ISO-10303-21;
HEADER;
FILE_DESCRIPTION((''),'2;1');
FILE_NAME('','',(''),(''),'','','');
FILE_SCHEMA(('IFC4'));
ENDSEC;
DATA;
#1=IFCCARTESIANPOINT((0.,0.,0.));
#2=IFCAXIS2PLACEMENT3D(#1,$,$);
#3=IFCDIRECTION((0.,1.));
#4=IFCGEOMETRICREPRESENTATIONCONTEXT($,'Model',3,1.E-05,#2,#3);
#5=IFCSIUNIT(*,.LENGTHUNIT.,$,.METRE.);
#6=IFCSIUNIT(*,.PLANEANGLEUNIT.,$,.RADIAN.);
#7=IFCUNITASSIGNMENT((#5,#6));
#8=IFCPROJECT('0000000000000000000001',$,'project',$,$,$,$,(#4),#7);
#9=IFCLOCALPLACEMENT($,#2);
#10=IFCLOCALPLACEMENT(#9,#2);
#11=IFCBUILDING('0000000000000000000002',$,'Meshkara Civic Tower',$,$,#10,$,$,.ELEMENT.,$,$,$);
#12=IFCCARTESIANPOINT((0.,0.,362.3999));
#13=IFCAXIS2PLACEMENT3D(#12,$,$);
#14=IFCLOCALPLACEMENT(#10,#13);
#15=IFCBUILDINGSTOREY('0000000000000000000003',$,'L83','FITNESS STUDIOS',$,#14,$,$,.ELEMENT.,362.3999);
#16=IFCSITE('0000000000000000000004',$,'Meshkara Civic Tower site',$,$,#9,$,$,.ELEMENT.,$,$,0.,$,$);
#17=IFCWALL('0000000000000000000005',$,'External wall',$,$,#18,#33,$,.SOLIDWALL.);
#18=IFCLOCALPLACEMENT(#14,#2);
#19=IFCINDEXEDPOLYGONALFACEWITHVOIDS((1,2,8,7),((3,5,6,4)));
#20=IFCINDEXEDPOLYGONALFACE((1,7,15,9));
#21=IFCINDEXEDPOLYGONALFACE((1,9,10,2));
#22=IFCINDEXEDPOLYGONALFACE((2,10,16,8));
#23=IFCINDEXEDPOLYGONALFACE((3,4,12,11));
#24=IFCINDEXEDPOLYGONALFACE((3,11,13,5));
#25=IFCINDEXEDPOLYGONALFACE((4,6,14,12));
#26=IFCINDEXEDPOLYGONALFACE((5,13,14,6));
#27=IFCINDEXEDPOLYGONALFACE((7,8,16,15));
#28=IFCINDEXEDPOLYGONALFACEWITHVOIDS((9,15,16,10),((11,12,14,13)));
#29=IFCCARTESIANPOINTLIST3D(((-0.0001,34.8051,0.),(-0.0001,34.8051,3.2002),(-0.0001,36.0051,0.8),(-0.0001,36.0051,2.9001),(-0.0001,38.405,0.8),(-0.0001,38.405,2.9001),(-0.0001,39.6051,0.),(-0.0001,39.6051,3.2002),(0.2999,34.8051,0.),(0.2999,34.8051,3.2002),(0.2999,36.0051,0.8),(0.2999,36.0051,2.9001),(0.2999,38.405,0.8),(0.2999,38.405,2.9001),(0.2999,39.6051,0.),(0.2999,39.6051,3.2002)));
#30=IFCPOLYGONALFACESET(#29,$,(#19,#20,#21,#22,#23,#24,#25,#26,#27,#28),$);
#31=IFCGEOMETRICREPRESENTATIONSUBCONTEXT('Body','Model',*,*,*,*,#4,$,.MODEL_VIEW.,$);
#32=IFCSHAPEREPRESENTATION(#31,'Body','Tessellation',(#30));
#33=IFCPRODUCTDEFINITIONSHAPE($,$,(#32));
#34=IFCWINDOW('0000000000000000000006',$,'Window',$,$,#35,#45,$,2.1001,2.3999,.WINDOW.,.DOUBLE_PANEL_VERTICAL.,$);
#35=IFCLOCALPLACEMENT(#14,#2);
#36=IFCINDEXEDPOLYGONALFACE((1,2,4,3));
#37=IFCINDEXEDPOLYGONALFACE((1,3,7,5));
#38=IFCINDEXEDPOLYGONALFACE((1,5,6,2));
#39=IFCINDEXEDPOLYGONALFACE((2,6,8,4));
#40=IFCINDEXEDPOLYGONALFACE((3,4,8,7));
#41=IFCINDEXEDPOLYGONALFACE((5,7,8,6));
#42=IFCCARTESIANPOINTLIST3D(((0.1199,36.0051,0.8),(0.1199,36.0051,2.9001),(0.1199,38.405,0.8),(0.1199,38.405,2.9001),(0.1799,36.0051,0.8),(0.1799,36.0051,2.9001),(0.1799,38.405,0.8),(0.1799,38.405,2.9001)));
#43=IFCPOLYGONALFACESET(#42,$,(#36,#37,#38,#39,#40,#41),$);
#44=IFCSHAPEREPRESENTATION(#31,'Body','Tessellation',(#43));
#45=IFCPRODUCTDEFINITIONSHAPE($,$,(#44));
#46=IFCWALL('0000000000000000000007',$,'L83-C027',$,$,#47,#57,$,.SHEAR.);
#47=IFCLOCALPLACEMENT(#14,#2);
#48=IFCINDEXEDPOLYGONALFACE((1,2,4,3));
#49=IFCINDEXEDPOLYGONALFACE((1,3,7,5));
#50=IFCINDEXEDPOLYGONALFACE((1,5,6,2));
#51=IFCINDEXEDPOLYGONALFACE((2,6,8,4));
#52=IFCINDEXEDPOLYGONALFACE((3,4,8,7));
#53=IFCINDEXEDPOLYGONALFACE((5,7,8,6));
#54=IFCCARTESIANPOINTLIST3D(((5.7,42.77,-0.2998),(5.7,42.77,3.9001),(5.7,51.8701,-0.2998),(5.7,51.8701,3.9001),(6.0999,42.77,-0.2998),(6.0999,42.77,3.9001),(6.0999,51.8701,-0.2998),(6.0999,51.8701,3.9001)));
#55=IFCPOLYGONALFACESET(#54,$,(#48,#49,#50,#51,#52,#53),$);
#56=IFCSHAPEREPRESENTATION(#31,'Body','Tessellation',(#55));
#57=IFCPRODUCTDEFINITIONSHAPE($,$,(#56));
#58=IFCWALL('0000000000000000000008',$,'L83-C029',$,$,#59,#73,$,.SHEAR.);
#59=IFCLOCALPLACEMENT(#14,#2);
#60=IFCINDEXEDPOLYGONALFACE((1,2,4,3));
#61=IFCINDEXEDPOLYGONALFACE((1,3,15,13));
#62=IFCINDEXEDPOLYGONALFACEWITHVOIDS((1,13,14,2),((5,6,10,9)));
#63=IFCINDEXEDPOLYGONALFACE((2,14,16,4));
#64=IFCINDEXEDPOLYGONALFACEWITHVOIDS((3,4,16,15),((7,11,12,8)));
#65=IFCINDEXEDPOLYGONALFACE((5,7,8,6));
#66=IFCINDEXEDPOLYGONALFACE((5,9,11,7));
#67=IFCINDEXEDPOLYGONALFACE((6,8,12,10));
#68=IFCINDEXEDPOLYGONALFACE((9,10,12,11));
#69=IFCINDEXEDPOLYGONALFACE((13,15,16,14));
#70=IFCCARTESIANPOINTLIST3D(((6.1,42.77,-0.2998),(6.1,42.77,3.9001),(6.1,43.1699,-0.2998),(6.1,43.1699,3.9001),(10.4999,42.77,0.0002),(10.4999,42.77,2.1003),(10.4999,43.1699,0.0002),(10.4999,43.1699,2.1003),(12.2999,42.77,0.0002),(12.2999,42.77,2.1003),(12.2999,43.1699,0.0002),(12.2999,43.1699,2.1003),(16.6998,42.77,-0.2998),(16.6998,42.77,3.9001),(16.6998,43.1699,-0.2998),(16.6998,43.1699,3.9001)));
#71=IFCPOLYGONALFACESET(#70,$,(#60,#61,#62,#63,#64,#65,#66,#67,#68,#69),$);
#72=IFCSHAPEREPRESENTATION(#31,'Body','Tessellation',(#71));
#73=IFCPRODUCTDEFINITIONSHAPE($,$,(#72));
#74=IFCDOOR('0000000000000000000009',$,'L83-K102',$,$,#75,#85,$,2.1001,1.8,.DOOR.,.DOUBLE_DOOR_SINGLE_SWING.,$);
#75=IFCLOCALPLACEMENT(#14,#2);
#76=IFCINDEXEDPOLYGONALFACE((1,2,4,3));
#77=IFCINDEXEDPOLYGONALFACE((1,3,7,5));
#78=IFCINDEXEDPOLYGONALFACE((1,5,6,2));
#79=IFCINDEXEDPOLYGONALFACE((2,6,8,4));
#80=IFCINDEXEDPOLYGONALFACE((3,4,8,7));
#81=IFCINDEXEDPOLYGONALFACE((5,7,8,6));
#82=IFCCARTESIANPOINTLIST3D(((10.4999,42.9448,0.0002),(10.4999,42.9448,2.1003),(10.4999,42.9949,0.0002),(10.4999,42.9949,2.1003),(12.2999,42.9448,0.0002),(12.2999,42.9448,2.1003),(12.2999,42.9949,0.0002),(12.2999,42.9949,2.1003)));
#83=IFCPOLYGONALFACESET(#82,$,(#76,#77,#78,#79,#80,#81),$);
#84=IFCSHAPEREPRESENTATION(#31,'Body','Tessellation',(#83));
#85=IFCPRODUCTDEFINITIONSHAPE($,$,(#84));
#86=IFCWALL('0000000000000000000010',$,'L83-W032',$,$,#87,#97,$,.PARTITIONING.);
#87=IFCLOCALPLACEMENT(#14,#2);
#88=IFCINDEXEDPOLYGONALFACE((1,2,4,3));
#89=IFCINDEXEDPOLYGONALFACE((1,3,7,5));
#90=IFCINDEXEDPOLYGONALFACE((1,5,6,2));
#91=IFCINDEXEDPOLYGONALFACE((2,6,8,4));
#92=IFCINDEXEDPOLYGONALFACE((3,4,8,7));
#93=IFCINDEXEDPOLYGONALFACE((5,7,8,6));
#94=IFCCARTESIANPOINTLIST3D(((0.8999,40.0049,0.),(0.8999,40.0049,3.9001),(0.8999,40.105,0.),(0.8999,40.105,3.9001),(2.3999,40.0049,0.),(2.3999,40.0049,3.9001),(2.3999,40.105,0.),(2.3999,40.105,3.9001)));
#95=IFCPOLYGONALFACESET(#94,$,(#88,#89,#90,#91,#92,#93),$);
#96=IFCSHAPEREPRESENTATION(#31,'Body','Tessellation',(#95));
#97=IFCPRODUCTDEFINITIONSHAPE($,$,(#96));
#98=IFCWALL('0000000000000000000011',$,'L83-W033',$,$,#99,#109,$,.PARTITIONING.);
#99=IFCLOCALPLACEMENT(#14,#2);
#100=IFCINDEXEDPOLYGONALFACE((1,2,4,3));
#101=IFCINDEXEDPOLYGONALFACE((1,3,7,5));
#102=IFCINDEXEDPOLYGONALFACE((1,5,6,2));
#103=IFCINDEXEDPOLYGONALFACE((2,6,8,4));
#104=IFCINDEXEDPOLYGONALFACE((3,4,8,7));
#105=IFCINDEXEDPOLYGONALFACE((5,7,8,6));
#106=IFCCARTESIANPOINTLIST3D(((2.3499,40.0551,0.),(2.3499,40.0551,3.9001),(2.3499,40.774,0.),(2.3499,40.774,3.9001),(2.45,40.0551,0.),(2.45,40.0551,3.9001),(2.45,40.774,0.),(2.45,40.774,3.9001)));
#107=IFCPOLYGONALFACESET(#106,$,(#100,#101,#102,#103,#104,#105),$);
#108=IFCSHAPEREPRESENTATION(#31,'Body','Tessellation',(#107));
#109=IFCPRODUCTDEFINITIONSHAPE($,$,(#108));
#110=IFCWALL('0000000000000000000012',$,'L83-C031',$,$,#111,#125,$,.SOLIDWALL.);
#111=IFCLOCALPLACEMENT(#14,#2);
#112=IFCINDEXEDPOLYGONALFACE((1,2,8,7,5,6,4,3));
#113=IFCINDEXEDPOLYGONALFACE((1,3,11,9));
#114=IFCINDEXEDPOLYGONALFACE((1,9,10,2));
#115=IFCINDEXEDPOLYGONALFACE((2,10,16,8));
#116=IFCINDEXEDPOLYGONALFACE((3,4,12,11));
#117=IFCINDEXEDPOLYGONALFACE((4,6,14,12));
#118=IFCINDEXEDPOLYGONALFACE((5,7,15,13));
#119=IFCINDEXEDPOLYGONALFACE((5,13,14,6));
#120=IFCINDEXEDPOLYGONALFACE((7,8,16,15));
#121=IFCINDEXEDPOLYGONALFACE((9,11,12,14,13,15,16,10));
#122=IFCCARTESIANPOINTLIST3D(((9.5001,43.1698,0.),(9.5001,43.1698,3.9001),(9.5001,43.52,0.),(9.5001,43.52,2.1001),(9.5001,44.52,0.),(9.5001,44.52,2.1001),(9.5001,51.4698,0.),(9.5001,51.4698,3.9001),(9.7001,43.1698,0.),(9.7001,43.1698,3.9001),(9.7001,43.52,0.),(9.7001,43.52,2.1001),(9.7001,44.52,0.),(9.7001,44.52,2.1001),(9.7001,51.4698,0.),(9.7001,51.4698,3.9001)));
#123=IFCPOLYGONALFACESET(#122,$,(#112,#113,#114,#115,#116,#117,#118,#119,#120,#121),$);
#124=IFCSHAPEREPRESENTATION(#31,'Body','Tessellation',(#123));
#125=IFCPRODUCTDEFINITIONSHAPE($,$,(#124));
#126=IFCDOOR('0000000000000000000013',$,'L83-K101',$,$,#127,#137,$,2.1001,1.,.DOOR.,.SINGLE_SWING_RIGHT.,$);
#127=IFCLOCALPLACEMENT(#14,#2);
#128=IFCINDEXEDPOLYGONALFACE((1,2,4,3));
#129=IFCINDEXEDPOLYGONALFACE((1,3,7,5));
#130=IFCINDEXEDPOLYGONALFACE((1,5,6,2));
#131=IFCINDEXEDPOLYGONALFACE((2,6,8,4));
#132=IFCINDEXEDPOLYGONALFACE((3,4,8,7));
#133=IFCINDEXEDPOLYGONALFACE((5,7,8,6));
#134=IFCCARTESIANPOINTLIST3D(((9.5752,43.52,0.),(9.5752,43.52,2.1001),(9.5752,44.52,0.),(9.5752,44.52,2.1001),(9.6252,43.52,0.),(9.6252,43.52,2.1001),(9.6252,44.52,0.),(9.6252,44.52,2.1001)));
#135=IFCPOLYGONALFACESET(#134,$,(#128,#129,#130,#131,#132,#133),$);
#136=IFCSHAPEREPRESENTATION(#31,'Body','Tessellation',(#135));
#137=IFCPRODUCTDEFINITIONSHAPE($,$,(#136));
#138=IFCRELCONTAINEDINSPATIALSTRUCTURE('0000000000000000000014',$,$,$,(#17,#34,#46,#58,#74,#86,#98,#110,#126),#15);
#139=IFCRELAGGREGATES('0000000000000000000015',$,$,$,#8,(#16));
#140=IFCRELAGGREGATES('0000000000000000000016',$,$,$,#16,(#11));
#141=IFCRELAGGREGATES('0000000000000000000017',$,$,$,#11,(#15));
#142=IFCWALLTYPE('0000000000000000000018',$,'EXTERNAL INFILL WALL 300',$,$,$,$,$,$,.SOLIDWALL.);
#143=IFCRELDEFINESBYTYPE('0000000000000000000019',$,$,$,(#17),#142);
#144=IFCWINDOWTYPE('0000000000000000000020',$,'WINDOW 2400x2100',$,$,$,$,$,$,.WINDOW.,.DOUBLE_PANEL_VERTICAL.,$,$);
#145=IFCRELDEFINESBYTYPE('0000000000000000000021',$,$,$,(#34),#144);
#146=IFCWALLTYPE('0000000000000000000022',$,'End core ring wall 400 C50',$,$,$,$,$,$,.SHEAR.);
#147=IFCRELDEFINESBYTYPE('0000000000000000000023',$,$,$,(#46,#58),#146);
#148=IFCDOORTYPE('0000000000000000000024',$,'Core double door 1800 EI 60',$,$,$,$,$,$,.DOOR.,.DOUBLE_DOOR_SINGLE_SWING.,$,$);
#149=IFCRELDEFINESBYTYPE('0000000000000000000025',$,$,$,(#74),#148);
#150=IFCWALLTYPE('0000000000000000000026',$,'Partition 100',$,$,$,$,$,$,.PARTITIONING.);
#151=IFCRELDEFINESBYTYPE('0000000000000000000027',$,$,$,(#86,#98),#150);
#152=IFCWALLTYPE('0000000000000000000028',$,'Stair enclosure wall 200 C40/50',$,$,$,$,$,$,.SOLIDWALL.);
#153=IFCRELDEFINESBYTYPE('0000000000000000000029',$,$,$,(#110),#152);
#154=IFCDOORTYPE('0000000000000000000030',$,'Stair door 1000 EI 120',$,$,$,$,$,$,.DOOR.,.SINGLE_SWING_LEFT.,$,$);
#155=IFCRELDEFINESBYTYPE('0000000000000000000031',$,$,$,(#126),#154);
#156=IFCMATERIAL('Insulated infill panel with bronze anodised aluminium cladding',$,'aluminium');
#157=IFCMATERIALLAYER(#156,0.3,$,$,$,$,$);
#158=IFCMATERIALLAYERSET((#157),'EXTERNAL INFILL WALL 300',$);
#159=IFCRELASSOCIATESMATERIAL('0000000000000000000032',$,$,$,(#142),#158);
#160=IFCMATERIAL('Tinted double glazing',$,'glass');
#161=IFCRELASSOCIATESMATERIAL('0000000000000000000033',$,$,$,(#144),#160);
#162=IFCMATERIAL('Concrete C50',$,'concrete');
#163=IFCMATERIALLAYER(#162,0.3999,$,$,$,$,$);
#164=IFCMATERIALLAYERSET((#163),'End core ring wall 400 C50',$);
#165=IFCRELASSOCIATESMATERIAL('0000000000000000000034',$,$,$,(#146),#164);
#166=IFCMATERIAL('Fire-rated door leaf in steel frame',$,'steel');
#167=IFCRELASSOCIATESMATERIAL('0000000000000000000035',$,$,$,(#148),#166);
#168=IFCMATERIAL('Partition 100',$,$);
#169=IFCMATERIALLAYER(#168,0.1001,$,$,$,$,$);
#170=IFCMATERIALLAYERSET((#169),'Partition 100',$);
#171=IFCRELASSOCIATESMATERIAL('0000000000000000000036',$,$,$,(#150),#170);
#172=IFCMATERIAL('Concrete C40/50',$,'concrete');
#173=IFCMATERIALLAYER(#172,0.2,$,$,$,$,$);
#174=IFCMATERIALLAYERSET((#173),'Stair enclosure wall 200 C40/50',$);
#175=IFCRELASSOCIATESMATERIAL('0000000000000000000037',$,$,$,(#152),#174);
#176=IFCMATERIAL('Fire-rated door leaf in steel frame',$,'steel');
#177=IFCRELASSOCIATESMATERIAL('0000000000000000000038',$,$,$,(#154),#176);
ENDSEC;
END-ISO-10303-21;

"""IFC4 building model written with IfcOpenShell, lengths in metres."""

from ifc_helpers import new_model, si_unit, direction, frame, frame_2d, origin, place, context, subcontext, project, spatial, rectangle, extrude, material, layer, layer_set, type_object, element, fill, save


model = new_model("IFC4")

# Units and contexts
model_context = context("Model", 3, precision=1e-05, world=origin(), true_north=direction((0.0, 1.0)))
body_context = subcontext(model_context, "Body", "Model", "MODEL_VIEW")
ifc_project = project(units=[si_unit("LENGTHUNIT", "METRE"), si_unit("PLANEANGLEUNIT", "RADIAN")], contexts=[model_context])

# Site, building, storey
site_placement = place(None, origin())
site = spatial("IfcSite", under=ifc_project, at=site_placement, Name="Meshkara Civic Tower site", CompositionType="ELEMENT", RefElevation=0.0)
building_placement = place(site_placement, origin())
building = spatial("IfcBuilding", under=site, at=building_placement, Name="Meshkara Civic Tower", CompositionType="ELEMENT")
storey_placement = place(building_placement, frame((0.0, 0.0, 362.3999)))
storey = spatial("IfcBuildingStorey", under=building, at=storey_placement, Name="L83", Description="FITNESS STUDIOS", CompositionType="ELEMENT", Elevation=362.3999)

# Wall, opening, window
ifc_material_1 = material(Name="Insulated infill panel with bronze anodised aluminium cladding", Category="aluminium")
ifc_layer_1 = layer(ifc_material_1, 0.3)
ifc_layer_set_1 = layer_set([ifc_layer_1], Name="EXTERNAL INFILL WALL 300")
wall_type_1 = type_object("IfcWallType", Name="EXTERNAL INFILL WALL 300", PredefinedType="SOLIDWALL", material=ifc_layer_set_1)
wall_1_placement = place(storey_placement, frame((0.1499, 39.605, 0.0), z_axis=(0.0, 0.0, 1.0), x_axis=(0.0, -1.0, 0.0)))
wall_1 = element("IfcWall", 1, at=wall_1_placement, inside=storey, type_object=wall_type_1, Name="External wall", PredefinedType="SOLIDWALL", context=body_context, shape_type="SweptSolid", body=[
    extrude(rectangle(XDim=4.8, YDim=0.3, at=frame_2d((2.3999, 0.0))), origin(), (0.0, 0.0, 1.0), 3.2002),
])
opening_1_placement = place(wall_1_placement, frame((1.2, 0.0, 0.8)))
opening_1 = element("IfcOpeningElement", 2, at=opening_1_placement, cuts=wall_1, PredefinedType="OPENING", context=body_context, shape_type="SweptSolid", body=[
    extrude(rectangle(XDim=2.3999, YDim=2.1001, at=frame_2d((1.2, 1.05))), frame((0.0, 0.1599, 0.0), z_axis=(0.0, -1.0, 0.0), x_axis=(1.0, 0.0, 0.0)), (0.0, 0.0, 1.0), 0.3201),
])
ifc_material_2 = material(Name="Tinted double glazing", Category="glass")
window_type = type_object("IfcWindowType", Name="WINDOW 2400x2100", PartitioningType="DOUBLE_PANEL_VERTICAL", PredefinedType="WINDOW", material=ifc_material_2)
window_placement = place(opening_1_placement, origin())
window = element("IfcWindow", 3, at=window_placement, inside=storey, type_object=window_type, Name="Window", OverallHeight=2.1001, OverallWidth=2.3999, PartitioningType="DOUBLE_PANEL_VERTICAL", PredefinedType="WINDOW", context=body_context, shape_type="SweptSolid", body=[
    extrude(rectangle(XDim=2.3999, YDim=2.1001, at=frame_2d((1.2, 1.05))), frame((0.0, 0.03, 0.0), z_axis=(0.0, -1.0, 0.0), x_axis=(1.0, 0.0, 0.0)), (0.0, 0.0, 1.0), 0.0601),
])
fill(opening_1, window)

# Wall
ifc_material_3 = material(Name="Concrete C50", Category="concrete")
ifc_layer_2 = layer(ifc_material_3, 0.3999)
ifc_layer_set_2 = layer_set([ifc_layer_2], Name="End core ring wall 400 C50")
wall_type_2 = type_object("IfcWallType", Name="End core ring wall 400 C50", PredefinedType="SHEAR", material=ifc_layer_set_2)
wall_2_placement = place(storey_placement, frame((5.8999, 42.77, -0.2998), z_axis=(0.0, 0.0, 1.0), x_axis=(0.0, 1.0, 0.0)))
element("IfcWall", 4, at=wall_2_placement, inside=storey, type_object=wall_type_2, Name="L83-C027", PredefinedType="SHEAR", context=body_context, shape_type="SweptSolid", body=[
    extrude(rectangle(XDim=9.1001, YDim=0.3999, at=frame_2d((4.55, 0.0))), origin(), (0.0, 0.0, 1.0), 4.2),
])

# Wall, opening, door
wall_3_placement = place(storey_placement, frame((6.1001, 42.97, -0.2998), z_axis=(0.0, 0.0, 1.0), x_axis=(1.0, 0.0, 0.0)))
wall_3 = element("IfcWall", 5, at=wall_3_placement, inside=storey, type_object=wall_type_2, Name="L83-C029", PredefinedType="SHEAR", context=body_context, shape_type="SweptSolid", body=[
    extrude(rectangle(XDim=10.5999, YDim=0.3999, at=frame_2d((5.2998, 0.0))), origin(), (0.0, 0.0, 1.0), 4.2),
])
opening_2_placement = place(wall_3_placement, frame((4.3999, 0.0, 0.3)))
opening_2 = element("IfcOpeningElement", 6, at=opening_2_placement, cuts=wall_3, PredefinedType="OPENING", context=body_context, shape_type="SweptSolid", body=[
    extrude(rectangle(XDim=1.8, YDim=2.1001, at=frame_2d((0.8999, 1.05))), frame((0.0, 0.21, 0.0), z_axis=(0.0, -1.0, 0.0), x_axis=(1.0, 0.0, 0.0)), (0.0, 0.0, 1.0), 0.4199),
])
ifc_material_4 = material(Name="Fire-rated door leaf in steel frame", Category="steel")
door_type_1 = type_object("IfcDoorType", Name="Core double door 1800 EI 60", OperationType="DOUBLE_DOOR_SINGLE_SWING", PredefinedType="DOOR", material=ifc_material_4)
door_1_placement = place(opening_2_placement, origin())
door_1 = element("IfcDoor", 7, at=door_1_placement, inside=storey, type_object=door_type_1, Name="L83-K102", OperationType="DOUBLE_DOOR_SINGLE_SWING", OverallHeight=2.1001, OverallWidth=1.8, PredefinedType="DOOR", context=body_context, shape_type="SweptSolid", body=[
    extrude(rectangle(XDim=1.8, YDim=2.1001, at=frame_2d((0.8999, 1.05))), frame((0.0, 0.0249, 0.0), z_axis=(0.0, -1.0, 0.0), x_axis=(1.0, 0.0, 0.0)), (0.0, 0.0, 1.0), 0.05),
])
fill(opening_2, door_1)

# Walls
ifc_material_5 = material(Name="Partition 100")
ifc_layer_3 = layer(ifc_material_5, 0.1001)
ifc_layer_set_3 = layer_set([ifc_layer_3], Name="Partition 100")
wall_type_3 = type_object("IfcWallType", Name="Partition 100", PredefinedType="PARTITIONING", material=ifc_layer_set_3)
wall_4_placement = place(storey_placement, frame((2.3999, 40.0549, 0.0), z_axis=(0.0, 0.0, 1.0), x_axis=(-1.0, 0.0, 0.0)))
element("IfcWall", 8, at=wall_4_placement, inside=storey, type_object=wall_type_3, Name="L83-W032", PredefinedType="PARTITIONING", context=body_context, shape_type="SweptSolid", body=[
    extrude(rectangle(XDim=1.5, YDim=0.1001, at=frame_2d((0.75, 0.0))), origin(), (0.0, 0.0, 1.0), 3.9001),
])
wall_5_placement = place(storey_placement, frame((2.3999, 40.7739, 0.0), z_axis=(0.0, 0.0, 1.0), x_axis=(0.0, -1.0, 0.0)))
element("IfcWall", 9, at=wall_5_placement, inside=storey, type_object=wall_type_3, Name="L83-W033", PredefinedType="PARTITIONING", context=body_context, shape_type="SweptSolid", body=[
    extrude(rectangle(XDim=0.719, YDim=0.1001, at=frame_2d((0.3594, 0.0))), origin(), (0.0, 0.0, 1.0), 3.9001),
])

# Wall, opening, door
ifc_material_6 = material(Name="Concrete C40/50", Category="concrete")
ifc_layer_4 = layer(ifc_material_6, 0.2)
ifc_layer_set_4 = layer_set([ifc_layer_4], Name="Stair enclosure wall 200 C40/50")
wall_type_4 = type_object("IfcWallType", Name="Stair enclosure wall 200 C40/50", PredefinedType="SOLIDWALL", material=ifc_layer_set_4)
wall_6_placement = place(storey_placement, frame((9.6001, 43.1699, 0.0), z_axis=(0.0, 0.0, 1.0), x_axis=(0.0, 1.0, 0.0)))
wall_6 = element("IfcWall", 10, at=wall_6_placement, inside=storey, type_object=wall_type_4, Name="L83-C031", PredefinedType="SOLIDWALL", context=body_context, shape_type="SweptSolid", body=[
    extrude(rectangle(XDim=8.3, YDim=0.2, at=frame_2d((4.1499, 0.0))), origin(), (0.0, 0.0, 1.0), 3.9001),
])
opening_3_placement = place(wall_6_placement, frame((0.3501, 0.0, 0.0)))
opening_3 = element("IfcOpeningElement", 11, at=opening_3_placement, cuts=wall_6, PredefinedType="OPENING", context=body_context, shape_type="SweptSolid", body=[
    extrude(rectangle(XDim=1.0, YDim=2.1001, at=frame_2d((0.5, 1.05))), frame((0.0, 0.1099, 0.0), z_axis=(0.0, -1.0, 0.0), x_axis=(1.0, 0.0, 0.0)), (0.0, 0.0, 1.0), 0.22),
])
ifc_material_7 = material(Name="Fire-rated door leaf in steel frame", Category="steel")
door_type_2 = type_object("IfcDoorType", Name="Stair door 1000 EI 120", OperationType="SINGLE_SWING_LEFT", PredefinedType="DOOR", material=ifc_material_7)
door_2_placement = place(opening_3_placement, origin())
door_2 = element("IfcDoor", 12, at=door_2_placement, inside=storey, type_object=door_type_2, Name="L83-K101", OperationType="SINGLE_SWING_RIGHT", OverallHeight=2.1001, OverallWidth=1.0, PredefinedType="DOOR", context=body_context, shape_type="SweptSolid", body=[
    extrude(rectangle(XDim=1.0, YDim=2.1001, at=frame_2d((0.5, 1.05))), frame((0.0, 0.0249, 0.0), z_axis=(0.0, -1.0, 0.0), x_axis=(1.0, 0.0, 0.0)), (0.0, 0.0, 1.0), 0.05),
])
fill(opening_3, door_2)

save(model, "model.ifc")
